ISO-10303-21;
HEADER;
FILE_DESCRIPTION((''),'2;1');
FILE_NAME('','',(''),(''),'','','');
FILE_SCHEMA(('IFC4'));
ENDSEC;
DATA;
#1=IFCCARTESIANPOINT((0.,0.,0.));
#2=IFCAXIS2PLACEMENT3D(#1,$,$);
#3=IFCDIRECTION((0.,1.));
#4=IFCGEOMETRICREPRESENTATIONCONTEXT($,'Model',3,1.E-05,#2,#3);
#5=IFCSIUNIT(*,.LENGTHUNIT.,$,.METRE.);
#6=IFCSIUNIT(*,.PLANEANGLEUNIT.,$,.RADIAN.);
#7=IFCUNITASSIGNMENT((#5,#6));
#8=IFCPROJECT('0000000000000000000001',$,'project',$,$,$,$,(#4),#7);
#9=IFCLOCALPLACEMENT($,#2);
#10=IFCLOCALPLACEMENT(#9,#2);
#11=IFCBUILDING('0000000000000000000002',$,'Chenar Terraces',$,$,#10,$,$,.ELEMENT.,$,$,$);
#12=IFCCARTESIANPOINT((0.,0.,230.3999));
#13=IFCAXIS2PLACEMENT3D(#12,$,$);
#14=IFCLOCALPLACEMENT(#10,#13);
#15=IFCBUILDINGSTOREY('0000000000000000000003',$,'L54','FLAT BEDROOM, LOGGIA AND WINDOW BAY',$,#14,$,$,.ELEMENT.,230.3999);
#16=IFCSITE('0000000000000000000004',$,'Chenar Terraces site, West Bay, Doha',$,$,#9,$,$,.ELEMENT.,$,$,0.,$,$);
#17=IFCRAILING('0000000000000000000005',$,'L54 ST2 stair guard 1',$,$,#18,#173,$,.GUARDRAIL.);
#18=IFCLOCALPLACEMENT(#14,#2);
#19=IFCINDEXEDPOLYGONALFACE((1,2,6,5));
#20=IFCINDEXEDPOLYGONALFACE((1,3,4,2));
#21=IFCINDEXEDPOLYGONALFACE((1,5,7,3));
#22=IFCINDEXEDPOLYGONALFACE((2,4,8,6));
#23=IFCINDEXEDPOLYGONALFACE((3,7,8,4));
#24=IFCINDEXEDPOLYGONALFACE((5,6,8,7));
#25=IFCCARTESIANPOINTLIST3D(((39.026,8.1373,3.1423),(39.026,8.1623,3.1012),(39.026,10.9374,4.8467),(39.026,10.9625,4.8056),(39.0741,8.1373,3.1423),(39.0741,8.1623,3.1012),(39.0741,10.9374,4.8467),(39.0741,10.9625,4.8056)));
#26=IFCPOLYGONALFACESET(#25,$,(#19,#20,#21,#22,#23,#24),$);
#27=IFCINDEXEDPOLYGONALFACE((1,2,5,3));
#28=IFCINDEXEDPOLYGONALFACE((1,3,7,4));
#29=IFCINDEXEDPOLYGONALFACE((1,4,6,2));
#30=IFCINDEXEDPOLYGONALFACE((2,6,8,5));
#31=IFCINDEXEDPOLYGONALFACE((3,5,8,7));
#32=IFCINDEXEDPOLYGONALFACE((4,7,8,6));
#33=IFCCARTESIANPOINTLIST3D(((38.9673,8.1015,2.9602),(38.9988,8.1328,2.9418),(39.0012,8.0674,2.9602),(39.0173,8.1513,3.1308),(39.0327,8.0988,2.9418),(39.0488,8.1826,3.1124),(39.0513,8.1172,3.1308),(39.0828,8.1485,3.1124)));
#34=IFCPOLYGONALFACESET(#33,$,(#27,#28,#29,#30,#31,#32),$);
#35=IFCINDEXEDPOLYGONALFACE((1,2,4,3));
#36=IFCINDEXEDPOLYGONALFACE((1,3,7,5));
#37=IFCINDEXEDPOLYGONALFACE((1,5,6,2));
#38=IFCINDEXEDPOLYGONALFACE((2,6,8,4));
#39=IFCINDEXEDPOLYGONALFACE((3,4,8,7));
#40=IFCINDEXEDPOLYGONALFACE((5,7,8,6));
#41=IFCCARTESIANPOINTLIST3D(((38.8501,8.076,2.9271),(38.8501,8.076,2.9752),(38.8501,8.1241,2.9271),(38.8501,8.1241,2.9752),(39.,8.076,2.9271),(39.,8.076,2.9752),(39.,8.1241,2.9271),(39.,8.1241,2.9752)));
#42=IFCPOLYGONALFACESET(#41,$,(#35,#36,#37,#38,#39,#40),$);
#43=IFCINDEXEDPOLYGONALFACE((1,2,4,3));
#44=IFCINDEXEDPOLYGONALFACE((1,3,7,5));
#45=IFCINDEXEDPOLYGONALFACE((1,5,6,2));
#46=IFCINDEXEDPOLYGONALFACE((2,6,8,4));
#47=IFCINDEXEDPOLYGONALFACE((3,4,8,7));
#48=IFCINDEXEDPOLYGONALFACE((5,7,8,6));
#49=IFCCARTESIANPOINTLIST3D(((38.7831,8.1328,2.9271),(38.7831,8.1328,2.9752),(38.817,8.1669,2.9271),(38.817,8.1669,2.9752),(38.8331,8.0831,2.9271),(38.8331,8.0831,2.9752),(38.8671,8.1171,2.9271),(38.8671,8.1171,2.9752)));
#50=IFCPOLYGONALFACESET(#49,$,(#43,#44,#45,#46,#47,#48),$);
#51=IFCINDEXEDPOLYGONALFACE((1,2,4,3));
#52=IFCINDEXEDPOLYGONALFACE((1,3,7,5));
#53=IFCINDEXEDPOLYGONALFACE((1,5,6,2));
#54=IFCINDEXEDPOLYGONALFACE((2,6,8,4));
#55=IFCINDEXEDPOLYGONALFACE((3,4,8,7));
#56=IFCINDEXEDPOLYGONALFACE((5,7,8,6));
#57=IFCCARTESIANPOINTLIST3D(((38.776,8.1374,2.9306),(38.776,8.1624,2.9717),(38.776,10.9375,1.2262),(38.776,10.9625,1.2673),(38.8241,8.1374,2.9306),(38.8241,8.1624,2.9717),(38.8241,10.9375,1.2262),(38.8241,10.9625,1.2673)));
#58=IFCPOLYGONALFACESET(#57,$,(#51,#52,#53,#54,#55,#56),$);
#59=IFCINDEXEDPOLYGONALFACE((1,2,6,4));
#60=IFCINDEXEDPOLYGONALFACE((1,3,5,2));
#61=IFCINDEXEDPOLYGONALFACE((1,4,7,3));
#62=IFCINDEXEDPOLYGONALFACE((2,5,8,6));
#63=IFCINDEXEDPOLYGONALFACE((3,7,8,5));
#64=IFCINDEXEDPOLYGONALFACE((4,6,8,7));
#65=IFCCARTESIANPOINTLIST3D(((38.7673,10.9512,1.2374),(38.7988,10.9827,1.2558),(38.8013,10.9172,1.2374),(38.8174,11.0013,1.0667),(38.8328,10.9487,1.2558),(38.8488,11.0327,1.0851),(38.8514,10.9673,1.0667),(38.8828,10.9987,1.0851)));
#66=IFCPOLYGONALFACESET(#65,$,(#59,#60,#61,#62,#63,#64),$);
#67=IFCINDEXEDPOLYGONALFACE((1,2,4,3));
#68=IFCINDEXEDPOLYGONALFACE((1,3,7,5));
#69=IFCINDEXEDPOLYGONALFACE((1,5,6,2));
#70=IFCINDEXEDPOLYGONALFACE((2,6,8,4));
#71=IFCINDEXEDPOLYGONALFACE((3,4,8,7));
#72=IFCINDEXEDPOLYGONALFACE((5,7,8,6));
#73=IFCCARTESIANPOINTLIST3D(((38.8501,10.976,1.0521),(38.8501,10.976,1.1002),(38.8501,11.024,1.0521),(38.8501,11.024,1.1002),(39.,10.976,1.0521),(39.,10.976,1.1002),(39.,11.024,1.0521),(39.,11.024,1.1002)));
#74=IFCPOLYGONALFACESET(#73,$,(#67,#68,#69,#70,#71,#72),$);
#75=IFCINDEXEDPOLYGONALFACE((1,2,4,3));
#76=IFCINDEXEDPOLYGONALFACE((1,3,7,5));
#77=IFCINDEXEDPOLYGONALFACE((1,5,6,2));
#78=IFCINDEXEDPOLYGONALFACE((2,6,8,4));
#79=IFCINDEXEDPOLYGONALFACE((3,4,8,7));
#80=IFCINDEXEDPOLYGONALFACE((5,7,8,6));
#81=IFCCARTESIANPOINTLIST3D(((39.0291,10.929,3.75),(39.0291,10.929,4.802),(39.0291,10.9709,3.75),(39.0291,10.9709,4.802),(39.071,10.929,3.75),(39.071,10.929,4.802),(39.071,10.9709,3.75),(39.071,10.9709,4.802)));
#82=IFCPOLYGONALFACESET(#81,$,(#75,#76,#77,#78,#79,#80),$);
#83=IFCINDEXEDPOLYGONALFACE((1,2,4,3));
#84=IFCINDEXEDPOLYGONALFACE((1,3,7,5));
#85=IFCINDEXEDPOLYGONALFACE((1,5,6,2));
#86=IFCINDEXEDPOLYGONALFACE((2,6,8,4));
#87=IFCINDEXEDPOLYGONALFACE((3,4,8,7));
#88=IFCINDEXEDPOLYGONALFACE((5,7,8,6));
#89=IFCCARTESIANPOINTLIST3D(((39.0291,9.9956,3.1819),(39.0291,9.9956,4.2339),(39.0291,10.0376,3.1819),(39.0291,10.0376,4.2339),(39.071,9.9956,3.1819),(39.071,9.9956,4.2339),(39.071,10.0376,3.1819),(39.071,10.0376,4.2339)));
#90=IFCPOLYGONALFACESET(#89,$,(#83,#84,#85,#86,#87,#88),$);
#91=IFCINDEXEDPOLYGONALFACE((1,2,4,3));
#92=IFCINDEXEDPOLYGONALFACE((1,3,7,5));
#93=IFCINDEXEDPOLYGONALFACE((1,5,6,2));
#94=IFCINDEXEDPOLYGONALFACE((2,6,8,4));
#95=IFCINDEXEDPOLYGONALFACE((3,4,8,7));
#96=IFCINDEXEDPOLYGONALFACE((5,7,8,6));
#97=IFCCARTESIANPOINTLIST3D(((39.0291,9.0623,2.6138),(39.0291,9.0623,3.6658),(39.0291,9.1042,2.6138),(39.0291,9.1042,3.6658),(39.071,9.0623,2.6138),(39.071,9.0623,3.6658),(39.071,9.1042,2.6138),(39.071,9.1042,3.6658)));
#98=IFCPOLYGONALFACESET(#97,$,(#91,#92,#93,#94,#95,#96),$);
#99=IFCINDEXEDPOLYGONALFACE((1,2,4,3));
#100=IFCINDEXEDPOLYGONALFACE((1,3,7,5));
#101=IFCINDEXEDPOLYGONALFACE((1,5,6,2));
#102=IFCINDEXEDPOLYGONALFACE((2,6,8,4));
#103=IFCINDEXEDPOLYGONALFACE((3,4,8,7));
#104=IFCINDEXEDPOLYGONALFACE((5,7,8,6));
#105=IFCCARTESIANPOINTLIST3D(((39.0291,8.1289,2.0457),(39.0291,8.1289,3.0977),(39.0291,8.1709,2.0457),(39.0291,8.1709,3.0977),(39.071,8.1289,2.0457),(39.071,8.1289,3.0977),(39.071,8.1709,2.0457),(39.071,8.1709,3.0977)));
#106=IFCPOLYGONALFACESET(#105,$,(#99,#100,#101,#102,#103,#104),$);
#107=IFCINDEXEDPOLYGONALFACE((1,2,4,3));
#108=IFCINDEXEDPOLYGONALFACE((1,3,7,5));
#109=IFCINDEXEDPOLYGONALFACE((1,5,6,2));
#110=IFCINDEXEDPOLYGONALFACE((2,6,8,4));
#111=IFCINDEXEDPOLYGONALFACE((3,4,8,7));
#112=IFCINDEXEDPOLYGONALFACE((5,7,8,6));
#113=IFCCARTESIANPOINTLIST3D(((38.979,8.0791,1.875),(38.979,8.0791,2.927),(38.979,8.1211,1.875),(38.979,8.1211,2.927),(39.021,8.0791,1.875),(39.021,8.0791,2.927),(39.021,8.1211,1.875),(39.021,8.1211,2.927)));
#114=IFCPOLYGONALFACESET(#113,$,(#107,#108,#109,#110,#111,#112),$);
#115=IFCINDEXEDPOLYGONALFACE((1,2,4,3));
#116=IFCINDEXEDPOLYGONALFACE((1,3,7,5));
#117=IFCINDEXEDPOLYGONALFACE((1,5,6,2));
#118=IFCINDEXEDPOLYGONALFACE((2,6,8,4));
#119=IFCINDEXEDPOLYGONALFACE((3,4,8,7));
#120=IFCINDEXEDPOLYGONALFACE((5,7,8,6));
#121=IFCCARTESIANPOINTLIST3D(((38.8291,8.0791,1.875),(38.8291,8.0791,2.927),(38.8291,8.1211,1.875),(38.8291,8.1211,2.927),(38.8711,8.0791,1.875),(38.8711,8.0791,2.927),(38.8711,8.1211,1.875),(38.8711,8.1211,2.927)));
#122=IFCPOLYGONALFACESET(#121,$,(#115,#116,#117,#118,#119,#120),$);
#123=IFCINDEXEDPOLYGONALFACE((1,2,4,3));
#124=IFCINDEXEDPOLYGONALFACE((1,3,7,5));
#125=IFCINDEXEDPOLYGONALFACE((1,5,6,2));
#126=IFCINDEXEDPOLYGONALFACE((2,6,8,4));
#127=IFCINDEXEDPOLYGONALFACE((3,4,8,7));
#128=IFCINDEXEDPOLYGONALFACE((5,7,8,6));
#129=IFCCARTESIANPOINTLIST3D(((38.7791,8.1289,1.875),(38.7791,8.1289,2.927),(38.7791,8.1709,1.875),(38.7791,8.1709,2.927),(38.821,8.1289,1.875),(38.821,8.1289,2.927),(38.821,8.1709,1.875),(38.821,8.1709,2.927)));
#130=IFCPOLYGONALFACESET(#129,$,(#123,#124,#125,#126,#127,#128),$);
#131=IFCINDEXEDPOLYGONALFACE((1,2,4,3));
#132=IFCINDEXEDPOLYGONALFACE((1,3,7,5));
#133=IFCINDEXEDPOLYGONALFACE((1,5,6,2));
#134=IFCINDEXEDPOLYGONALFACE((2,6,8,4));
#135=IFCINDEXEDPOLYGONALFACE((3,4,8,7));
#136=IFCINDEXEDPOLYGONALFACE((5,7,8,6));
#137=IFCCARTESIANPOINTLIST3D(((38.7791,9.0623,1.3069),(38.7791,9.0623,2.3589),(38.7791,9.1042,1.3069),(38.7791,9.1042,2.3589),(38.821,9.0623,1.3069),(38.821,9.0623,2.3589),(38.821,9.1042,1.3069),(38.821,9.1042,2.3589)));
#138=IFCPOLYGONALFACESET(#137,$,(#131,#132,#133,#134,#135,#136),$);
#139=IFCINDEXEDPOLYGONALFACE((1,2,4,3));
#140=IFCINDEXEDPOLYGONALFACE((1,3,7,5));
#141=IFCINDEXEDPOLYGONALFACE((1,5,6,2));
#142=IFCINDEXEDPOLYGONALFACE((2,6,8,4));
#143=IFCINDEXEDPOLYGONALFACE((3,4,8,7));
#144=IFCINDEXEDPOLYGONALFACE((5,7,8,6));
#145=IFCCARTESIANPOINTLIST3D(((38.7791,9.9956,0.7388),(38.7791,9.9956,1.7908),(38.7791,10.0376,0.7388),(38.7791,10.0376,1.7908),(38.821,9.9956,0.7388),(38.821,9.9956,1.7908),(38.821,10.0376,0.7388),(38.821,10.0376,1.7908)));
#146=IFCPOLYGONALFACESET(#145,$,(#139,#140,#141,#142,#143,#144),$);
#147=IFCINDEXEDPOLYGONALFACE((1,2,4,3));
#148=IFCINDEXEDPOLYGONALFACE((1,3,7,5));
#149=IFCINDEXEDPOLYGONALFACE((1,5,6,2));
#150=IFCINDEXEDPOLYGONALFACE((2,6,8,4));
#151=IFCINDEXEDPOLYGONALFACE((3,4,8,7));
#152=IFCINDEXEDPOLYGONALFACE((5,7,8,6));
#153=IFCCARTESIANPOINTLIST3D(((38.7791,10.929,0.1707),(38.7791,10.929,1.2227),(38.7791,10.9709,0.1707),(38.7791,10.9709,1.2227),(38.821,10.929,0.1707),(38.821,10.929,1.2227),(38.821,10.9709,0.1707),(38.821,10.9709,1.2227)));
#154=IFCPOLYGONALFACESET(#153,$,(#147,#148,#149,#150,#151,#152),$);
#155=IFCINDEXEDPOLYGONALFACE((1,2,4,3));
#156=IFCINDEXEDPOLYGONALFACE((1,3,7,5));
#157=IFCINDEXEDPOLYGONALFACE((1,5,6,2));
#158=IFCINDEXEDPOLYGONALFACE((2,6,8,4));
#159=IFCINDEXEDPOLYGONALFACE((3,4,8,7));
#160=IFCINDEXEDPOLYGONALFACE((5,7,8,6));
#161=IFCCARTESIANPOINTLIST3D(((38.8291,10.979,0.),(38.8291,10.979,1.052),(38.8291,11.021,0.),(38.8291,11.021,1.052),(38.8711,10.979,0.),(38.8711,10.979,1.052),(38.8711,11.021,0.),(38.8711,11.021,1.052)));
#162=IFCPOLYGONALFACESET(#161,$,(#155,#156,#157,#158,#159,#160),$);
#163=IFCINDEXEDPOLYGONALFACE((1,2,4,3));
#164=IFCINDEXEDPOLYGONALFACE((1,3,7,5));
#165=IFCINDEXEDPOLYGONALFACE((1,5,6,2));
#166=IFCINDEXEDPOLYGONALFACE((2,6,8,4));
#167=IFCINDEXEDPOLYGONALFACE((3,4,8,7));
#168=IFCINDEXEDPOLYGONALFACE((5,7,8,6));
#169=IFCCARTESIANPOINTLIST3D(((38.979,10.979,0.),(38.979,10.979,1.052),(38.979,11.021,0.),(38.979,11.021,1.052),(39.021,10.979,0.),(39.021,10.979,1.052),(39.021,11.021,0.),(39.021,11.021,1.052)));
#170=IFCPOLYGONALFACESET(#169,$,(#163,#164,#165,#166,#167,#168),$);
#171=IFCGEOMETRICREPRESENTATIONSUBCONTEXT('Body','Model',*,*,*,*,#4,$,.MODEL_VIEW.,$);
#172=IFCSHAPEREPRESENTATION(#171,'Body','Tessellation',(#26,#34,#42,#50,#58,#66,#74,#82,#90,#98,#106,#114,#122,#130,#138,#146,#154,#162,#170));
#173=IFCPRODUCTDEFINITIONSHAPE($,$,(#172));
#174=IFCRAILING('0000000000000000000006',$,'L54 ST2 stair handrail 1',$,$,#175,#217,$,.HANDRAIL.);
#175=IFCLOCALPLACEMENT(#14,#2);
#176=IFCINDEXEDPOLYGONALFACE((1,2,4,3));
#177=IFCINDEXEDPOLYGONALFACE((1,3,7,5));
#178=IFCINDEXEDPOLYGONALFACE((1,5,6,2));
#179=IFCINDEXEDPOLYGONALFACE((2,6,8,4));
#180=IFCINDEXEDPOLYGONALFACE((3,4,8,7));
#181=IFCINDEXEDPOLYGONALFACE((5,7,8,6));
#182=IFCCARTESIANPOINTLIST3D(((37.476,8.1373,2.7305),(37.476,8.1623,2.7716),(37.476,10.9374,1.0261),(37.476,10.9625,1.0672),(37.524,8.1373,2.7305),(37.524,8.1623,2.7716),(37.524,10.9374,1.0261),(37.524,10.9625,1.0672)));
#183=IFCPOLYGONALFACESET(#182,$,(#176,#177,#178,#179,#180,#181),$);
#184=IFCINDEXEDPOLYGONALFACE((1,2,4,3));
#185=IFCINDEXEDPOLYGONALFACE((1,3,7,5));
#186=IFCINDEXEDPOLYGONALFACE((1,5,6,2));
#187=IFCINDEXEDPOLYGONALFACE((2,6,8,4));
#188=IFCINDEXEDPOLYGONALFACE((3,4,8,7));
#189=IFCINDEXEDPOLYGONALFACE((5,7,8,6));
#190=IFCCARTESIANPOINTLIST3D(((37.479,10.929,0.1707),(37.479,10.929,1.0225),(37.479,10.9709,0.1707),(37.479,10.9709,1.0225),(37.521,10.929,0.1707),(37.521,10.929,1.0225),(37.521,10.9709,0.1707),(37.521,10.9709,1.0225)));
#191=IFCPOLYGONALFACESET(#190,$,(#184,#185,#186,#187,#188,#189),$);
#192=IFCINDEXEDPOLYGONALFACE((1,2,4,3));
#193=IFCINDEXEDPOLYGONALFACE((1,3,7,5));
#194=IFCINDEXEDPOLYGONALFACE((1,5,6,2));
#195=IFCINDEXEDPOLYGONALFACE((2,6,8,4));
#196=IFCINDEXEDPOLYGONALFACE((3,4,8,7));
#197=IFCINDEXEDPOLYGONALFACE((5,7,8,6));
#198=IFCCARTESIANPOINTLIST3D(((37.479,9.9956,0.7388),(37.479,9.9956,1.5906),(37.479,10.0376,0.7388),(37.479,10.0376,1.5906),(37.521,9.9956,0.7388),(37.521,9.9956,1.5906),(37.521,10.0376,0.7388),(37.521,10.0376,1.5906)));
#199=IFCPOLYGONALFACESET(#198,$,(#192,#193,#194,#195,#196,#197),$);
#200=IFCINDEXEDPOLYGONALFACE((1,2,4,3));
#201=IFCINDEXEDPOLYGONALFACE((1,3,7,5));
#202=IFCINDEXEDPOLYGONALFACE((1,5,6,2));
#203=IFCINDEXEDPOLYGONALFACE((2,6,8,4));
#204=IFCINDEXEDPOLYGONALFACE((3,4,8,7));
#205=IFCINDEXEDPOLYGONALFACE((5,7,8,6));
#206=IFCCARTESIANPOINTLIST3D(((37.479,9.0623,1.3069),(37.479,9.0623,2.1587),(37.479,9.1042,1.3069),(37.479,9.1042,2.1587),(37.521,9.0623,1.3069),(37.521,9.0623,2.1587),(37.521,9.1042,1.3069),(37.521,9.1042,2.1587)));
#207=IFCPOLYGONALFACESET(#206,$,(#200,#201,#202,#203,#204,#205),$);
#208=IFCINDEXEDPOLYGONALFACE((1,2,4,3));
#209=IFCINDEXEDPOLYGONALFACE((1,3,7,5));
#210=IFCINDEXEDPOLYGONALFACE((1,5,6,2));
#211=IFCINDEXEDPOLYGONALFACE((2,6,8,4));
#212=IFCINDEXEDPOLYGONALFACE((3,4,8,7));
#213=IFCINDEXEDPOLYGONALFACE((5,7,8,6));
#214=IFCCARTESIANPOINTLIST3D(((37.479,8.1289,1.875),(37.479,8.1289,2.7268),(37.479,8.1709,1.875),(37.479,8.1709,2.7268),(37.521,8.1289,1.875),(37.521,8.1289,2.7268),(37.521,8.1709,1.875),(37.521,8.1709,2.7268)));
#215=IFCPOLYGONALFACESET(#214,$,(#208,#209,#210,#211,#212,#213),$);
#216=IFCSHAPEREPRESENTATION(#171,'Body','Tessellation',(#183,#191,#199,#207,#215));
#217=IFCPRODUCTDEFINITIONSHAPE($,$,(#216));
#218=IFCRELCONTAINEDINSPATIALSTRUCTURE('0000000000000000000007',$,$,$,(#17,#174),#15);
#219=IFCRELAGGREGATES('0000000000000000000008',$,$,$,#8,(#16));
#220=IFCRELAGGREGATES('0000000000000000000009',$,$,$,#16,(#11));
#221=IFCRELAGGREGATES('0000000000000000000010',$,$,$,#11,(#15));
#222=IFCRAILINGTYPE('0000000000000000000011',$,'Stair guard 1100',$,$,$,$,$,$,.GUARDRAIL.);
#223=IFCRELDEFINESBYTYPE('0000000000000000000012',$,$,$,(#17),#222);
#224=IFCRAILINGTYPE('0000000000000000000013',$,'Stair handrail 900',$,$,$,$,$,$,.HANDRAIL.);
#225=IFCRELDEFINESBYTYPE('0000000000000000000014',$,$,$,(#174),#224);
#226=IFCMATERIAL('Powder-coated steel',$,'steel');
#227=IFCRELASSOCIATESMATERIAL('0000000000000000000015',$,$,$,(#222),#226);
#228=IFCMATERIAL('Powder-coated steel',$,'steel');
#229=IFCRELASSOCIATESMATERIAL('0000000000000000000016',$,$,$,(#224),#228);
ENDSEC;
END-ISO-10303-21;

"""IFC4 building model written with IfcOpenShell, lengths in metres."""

from ifc_helpers import new_model, si_unit, direction, frame, origin, origin_2d, place, context, subcontext, project, spatial, rectangle, extrude, material, type_object, element, save


model = new_model("IFC4")

# Units and contexts
model_context = context("Model", 3, precision=1e-05, world=origin(), true_north=direction((0.0, 1.0)))
body_context = subcontext(model_context, "Body", "Model", "MODEL_VIEW")
ifc_project = project(units=[si_unit("LENGTHUNIT", "METRE"), si_unit("PLANEANGLEUNIT", "RADIAN")], contexts=[model_context])

# Site, building, storey
site_placement = place(None, origin())
site = spatial("IfcSite", under=ifc_project, at=site_placement, Name="Chenar Terraces site, West Bay, Doha", CompositionType="ELEMENT", RefElevation=0.0)
building_placement = place(site_placement, origin())
building = spatial("IfcBuilding", under=site, at=building_placement, Name="Chenar Terraces", CompositionType="ELEMENT")
storey_placement = place(building_placement, frame((0.0, 0.0, 230.3999)))
storey = spatial("IfcBuildingStorey", under=building, at=storey_placement, Name="L54", Description="FLAT BEDROOM, LOGGIA AND WINDOW BAY", CompositionType="ELEMENT", Elevation=230.3999)

# Railings
ifc_material_1 = material(Name="Powder-coated steel", Category="steel")
railing_type_1 = type_object("IfcRailingType", Name="Stair guard 1100", PredefinedType="GUARDRAIL", material=ifc_material_1)
railing_1_placement = place(storey_placement, frame((39.05, 10.95, 3.75)))
element("IfcRailing", 1, at=railing_1_placement, inside=storey, type_object=railing_type_1, Name="L54 ST2 stair guard 1", PredefinedType="GUARDRAIL", context=body_context, shape_type="SweptSolid", body=[
    extrude(rectangle(XDim=0.0481, YDim=0.0481, at=origin_2d()), frame((0.0, 0.0, 1.0762), z_axis=(0.0, -0.854203, -0.51994), x_axis=(1.0, 0.0, 0.0)), (0.0, 0.0, 1.0), 3.2781),
    extrude(rectangle(XDim=0.0481, YDim=0.0481, at=origin_2d()), frame((0.0, -2.8, -0.6284), z_axis=(-0.270997, -0.269675, -0.924033), x_axis=(0.705376, -0.708834, 0.0)), (0.0, 0.0, 1.0), 0.1846),
    extrude(rectangle(XDim=0.0481, YDim=0.0481, at=origin_2d()), frame((-0.05, -2.8499, -0.7988), z_axis=(-1.0, 0.0, 0.0), x_axis=(0.0, -1.0, 0.0)), (0.0, 0.0, 1.0), 0.1499),
    extrude(rectangle(XDim=0.0481, YDim=0.0481, at=origin_2d()), frame((-0.2, -2.8499, -0.7988), z_axis=(-0.708834, 0.705376, 0.0), x_axis=(-0.705376, -0.708834, 0.0)), (0.0, 0.0, 1.0), 0.0706),
    extrude(rectangle(XDim=0.0481, YDim=0.0481, at=origin_2d()), frame((-0.25, -2.8, -0.7988), z_axis=(0.0, 0.854203, -0.51994), x_axis=(-1.0, 0.0, 0.0)), (0.0, 0.0, 1.0), 3.2781),
    extrude(rectangle(XDim=0.0481, YDim=0.0481, at=origin_2d()), frame((-0.25, 0.0, -2.5034), z_axis=(0.2709, 0.2709, -0.923703), x_axis=(-0.707107, 0.707107, 0.0)), (0.0, 0.0, 1.0), 0.1848),
    extrude(rectangle(XDim=0.0481, YDim=0.0481, at=origin_2d()), frame((-0.2, 0.05, -2.6738), z_axis=(1.0, 0.0, 0.0), x_axis=(0.0, 1.0, 0.0)), (0.0, 0.0, 1.0), 0.1499),
    extrude(rectangle(XDim=0.042, YDim=0.042, at=origin_2d()), origin(), (0.0, 0.0, 1.0), 1.052),
    extrude(rectangle(XDim=0.042, YDim=0.042, at=origin_2d()), frame((0.0, -0.9333, -0.5681)), (0.0, 0.0, 1.0), 1.052),
    extrude(rectangle(XDim=0.042, YDim=0.042, at=origin_2d()), frame((0.0, -1.8667, -1.1362)), (0.0, 0.0, 1.0), 1.052),
    extrude(rectangle(XDim=0.042, YDim=0.042, at=origin_2d()), frame((0.0, -2.8, -1.7043)), (0.0, 0.0, 1.0), 1.052),
    extrude(rectangle(XDim=0.042, YDim=0.042, at=origin_2d()), frame((-0.05, -2.8499, -1.875)), (0.0, 0.0, 1.0), 1.052),
    extrude(rectangle(XDim=0.042, YDim=0.042, at=origin_2d()), frame((-0.2, -2.8499, -1.875)), (0.0, 0.0, 1.0), 1.052),
    extrude(rectangle(XDim=0.042, YDim=0.042, at=origin_2d()), frame((-0.25, -2.8, -1.875)), (0.0, 0.0, 1.0), 1.052),
    extrude(rectangle(XDim=0.042, YDim=0.042, at=origin_2d()), frame((-0.25, -1.8667, -2.4431)), (0.0, 0.0, 1.0), 1.052),
    extrude(rectangle(XDim=0.042, YDim=0.042, at=origin_2d()), frame((-0.25, -0.9333, -3.0112)), (0.0, 0.0, 1.0), 1.052),
    extrude(rectangle(XDim=0.042, YDim=0.042, at=origin_2d()), frame((-0.25, 0.0, -3.5793)), (0.0, 0.0, 1.0), 1.052),
    extrude(rectangle(XDim=0.042, YDim=0.042, at=origin_2d()), frame((-0.2, 0.05, -3.75)), (0.0, 0.0, 1.0), 1.052),
    extrude(rectangle(XDim=0.042, YDim=0.042, at=origin_2d()), frame((-0.05, 0.05, -3.75)), (0.0, 0.0, 1.0), 1.052),
])
ifc_material_2 = material(Name="Powder-coated steel", Category="steel")
railing_type_2 = type_object("IfcRailingType", Name="Stair handrail 900", PredefinedType="HANDRAIL", material=ifc_material_2)
railing_2_placement = place(storey_placement, frame((37.5, 10.95, 0.1707)))
element("IfcRailing", 2, at=railing_2_placement, inside=storey, type_object=railing_type_2, Name="L54 ST2 stair handrail 1", PredefinedType="HANDRAIL", context=body_context, shape_type="SweptSolid", body=[
    extrude(rectangle(XDim=0.0481, YDim=0.0481, at=origin_2d()), frame((0.0, 0.0, 0.876), z_axis=(0.0, -0.854203, 0.51994), x_axis=(1.0, 0.0, 0.0)), (0.0, 0.0, 1.0), 3.2781),
    extrude(rectangle(XDim=0.042, YDim=0.042, at=origin_2d()), origin(), (0.0, 0.0, 1.0), 0.8518),
    extrude(rectangle(XDim=0.042, YDim=0.042, at=origin_2d()), frame((0.0, -0.9333, 0.5681)), (0.0, 0.0, 1.0), 0.8518),
    extrude(rectangle(XDim=0.042, YDim=0.042, at=origin_2d()), frame((0.0, -1.8667, 1.1362)), (0.0, 0.0, 1.0), 0.8518),
    extrude(rectangle(XDim=0.042, YDim=0.042, at=origin_2d()), frame((0.0, -2.8, 1.7043)), (0.0, 0.0, 1.0), 0.8518),
])

save(model, "model.ifc")
